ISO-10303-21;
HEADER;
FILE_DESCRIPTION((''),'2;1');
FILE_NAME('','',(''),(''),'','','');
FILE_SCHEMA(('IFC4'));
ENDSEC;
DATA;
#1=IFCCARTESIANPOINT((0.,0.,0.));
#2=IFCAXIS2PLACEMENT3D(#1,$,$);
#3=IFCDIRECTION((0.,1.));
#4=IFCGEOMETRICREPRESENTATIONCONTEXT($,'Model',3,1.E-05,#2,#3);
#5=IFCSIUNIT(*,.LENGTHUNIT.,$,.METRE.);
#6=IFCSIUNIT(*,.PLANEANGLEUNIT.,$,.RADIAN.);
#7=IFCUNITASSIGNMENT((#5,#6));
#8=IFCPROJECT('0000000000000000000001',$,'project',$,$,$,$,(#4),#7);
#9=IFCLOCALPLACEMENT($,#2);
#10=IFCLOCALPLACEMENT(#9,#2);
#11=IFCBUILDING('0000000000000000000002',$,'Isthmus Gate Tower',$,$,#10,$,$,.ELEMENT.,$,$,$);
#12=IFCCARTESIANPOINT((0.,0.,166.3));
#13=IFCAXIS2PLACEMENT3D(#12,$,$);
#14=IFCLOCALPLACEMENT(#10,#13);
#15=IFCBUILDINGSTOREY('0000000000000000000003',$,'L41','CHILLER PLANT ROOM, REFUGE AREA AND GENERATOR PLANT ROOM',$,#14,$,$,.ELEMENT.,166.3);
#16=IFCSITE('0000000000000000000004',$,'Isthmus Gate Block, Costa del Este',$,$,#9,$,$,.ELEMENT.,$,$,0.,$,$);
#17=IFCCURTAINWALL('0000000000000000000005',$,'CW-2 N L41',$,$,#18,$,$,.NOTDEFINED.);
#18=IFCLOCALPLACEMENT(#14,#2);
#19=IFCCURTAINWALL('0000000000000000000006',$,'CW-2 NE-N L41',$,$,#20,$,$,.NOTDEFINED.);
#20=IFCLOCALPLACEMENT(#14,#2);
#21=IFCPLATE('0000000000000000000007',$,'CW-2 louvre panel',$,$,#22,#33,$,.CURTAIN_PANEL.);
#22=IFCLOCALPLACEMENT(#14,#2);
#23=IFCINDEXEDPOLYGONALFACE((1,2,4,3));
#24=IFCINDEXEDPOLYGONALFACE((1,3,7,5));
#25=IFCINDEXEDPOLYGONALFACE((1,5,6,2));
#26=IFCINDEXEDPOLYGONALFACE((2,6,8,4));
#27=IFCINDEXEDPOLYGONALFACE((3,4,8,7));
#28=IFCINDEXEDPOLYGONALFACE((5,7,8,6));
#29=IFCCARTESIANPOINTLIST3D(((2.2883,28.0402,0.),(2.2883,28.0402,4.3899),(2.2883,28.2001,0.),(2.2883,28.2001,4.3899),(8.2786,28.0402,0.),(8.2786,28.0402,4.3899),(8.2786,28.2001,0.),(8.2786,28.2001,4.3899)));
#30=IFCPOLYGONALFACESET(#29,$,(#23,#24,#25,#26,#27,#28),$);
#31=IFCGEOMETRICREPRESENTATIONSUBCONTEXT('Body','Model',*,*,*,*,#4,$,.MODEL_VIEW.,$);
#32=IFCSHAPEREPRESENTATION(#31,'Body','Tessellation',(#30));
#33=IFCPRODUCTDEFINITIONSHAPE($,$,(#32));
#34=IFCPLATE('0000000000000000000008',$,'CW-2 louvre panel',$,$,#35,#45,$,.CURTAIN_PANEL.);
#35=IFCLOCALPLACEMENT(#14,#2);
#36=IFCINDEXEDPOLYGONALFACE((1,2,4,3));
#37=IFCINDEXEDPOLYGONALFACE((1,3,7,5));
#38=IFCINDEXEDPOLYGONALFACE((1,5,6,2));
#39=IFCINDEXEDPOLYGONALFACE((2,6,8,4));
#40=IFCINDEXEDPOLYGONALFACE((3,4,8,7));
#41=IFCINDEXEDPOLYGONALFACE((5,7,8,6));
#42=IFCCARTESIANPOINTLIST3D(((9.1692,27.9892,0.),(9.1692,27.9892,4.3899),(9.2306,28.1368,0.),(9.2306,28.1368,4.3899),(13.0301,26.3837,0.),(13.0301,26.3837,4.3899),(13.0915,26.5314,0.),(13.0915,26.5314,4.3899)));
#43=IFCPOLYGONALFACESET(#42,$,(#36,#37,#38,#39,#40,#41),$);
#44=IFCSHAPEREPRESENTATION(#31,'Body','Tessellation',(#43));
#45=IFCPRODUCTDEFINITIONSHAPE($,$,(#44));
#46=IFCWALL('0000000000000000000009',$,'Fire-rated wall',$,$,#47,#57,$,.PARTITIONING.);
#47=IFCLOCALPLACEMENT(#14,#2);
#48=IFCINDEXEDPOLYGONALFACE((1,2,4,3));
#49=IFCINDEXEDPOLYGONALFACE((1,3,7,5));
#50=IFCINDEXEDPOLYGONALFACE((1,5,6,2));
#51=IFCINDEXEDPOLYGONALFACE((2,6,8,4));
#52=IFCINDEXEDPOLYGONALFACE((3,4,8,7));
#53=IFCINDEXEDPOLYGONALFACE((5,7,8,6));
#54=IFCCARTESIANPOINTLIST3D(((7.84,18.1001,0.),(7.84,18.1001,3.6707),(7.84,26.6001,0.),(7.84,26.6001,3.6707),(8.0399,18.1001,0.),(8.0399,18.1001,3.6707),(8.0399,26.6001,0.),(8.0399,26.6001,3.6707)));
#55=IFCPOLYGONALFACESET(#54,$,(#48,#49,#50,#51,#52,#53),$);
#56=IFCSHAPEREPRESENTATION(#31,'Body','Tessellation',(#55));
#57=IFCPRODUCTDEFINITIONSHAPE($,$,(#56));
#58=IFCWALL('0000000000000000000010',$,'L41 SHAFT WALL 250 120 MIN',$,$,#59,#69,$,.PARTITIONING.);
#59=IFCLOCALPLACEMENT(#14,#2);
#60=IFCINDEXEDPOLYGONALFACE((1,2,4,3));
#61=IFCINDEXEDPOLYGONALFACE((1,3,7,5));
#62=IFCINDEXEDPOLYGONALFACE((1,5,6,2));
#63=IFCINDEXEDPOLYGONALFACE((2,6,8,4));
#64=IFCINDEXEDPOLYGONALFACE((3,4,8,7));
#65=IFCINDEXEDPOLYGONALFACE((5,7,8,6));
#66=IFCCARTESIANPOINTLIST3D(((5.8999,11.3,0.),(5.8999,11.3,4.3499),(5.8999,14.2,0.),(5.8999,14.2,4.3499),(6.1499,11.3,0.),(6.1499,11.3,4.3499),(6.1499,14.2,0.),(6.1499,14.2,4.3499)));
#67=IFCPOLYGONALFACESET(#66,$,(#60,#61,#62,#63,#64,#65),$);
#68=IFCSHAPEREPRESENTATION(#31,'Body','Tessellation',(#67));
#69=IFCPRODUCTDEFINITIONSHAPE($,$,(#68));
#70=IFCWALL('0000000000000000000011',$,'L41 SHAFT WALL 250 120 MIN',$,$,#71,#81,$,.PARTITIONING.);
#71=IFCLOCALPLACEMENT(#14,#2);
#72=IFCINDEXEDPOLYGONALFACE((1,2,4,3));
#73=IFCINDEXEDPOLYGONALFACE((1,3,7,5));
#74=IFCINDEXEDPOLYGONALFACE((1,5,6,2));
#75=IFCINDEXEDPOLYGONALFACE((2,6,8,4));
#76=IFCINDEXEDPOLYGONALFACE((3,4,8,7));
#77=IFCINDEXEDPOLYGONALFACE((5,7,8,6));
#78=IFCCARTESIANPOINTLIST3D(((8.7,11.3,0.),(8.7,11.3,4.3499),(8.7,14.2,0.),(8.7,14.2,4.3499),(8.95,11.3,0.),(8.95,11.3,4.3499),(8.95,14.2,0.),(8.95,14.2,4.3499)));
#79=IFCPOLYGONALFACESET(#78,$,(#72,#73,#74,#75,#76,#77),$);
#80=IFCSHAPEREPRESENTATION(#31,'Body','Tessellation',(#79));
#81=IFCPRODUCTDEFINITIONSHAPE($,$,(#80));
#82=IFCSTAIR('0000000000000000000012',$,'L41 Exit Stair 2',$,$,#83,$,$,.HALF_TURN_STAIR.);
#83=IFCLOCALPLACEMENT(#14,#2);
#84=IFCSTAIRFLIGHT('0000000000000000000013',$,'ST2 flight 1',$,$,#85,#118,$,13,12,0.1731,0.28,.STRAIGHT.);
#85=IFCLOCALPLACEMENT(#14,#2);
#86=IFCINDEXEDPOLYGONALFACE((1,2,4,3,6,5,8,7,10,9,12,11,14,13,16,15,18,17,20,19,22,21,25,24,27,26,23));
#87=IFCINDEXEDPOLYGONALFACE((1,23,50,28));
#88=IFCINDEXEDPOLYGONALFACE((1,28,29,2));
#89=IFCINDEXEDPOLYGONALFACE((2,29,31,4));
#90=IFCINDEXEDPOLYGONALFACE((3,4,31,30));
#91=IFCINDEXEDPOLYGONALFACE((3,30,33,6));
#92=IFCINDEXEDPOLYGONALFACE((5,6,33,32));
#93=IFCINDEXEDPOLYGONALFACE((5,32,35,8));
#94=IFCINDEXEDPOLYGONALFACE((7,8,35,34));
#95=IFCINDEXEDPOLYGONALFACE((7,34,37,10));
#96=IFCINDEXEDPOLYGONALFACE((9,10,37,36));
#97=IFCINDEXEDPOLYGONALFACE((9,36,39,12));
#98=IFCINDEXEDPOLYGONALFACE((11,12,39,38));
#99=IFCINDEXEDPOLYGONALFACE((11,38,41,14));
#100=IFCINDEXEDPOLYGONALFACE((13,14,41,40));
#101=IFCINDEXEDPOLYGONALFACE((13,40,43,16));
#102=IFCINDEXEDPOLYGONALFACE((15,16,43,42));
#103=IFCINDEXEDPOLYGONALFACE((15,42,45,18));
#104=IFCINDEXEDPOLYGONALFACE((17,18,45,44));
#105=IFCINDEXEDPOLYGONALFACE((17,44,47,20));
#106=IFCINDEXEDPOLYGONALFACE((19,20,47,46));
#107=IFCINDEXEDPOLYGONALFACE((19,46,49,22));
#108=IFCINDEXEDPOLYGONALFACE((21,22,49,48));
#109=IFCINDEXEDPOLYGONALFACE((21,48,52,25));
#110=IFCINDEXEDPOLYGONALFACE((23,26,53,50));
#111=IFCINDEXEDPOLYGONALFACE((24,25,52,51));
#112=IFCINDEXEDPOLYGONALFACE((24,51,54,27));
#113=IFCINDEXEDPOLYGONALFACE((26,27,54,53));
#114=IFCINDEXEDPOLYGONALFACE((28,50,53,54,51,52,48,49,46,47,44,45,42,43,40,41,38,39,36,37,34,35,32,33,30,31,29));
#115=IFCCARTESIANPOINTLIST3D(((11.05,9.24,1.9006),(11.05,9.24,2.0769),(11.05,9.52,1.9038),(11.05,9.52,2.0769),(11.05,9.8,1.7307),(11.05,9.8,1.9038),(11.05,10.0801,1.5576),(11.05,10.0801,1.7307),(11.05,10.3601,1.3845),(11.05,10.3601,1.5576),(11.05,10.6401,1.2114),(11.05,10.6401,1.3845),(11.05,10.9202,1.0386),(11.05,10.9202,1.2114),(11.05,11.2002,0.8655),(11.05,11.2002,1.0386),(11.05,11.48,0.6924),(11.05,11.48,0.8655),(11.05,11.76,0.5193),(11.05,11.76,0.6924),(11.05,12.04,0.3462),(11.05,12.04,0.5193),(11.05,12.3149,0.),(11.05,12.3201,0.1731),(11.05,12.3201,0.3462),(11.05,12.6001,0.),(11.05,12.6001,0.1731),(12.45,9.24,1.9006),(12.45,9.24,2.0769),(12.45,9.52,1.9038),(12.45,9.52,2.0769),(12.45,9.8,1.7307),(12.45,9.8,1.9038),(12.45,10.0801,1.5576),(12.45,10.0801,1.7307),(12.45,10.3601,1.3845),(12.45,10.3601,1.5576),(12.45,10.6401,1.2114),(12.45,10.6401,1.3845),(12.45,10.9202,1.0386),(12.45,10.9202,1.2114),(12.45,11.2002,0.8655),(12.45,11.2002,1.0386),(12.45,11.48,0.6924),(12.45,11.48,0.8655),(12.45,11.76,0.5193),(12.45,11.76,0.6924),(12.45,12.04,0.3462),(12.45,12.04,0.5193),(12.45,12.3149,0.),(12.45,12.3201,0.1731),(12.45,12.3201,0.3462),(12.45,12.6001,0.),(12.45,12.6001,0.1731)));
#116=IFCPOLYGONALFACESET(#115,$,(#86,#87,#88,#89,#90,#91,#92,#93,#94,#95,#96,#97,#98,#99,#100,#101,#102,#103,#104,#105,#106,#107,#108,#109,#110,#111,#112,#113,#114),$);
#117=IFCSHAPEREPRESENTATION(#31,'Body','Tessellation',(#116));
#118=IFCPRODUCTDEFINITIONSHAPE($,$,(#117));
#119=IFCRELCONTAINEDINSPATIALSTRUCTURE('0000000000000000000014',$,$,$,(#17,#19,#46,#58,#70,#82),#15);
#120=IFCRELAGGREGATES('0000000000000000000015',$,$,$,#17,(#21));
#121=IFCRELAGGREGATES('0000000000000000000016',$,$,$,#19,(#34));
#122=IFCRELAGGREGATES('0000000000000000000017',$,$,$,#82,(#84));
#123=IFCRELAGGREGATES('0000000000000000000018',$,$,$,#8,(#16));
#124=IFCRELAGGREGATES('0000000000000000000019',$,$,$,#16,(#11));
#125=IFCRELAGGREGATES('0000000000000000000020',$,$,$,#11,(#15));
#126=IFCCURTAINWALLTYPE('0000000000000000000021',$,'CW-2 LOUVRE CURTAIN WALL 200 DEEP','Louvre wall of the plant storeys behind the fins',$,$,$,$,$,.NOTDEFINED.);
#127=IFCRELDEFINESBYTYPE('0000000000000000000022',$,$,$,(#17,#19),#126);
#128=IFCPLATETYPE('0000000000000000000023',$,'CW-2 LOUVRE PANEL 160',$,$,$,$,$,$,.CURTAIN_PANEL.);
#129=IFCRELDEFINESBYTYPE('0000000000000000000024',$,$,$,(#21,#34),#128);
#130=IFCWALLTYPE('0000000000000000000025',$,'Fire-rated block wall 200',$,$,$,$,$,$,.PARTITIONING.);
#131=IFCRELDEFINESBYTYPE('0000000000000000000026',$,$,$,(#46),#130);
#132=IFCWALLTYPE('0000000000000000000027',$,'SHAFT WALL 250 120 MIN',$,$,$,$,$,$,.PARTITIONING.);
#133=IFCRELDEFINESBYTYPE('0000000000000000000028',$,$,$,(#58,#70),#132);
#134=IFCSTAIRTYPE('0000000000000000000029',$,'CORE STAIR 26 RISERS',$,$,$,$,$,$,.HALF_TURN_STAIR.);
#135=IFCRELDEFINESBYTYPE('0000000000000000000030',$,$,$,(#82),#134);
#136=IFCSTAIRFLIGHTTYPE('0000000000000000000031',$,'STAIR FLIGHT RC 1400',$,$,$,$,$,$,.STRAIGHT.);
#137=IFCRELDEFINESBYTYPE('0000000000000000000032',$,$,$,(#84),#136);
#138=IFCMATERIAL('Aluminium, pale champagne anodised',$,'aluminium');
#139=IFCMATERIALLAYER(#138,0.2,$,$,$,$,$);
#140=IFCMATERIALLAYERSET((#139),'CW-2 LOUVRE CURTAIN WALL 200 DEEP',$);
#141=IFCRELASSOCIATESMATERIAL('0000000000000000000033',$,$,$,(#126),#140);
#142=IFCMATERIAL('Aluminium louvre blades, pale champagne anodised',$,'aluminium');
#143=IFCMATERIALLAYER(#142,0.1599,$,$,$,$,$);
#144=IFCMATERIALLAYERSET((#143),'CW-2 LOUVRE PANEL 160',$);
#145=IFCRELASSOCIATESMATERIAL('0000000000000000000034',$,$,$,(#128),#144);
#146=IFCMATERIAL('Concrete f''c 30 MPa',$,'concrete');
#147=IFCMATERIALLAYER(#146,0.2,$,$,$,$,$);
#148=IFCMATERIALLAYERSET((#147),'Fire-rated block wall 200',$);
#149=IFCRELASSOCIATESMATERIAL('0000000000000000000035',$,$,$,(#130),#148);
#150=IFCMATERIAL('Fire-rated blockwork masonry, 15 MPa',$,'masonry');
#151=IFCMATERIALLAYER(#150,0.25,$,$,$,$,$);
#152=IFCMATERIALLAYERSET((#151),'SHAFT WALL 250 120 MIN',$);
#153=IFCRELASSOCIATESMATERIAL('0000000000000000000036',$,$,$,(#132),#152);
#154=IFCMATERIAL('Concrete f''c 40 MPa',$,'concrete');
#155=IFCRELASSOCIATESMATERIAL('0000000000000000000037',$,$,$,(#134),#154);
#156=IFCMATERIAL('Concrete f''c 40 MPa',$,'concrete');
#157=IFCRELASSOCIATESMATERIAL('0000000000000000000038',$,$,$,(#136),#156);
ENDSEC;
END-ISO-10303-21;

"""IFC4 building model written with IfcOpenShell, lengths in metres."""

from ifc_helpers import new_model, si_unit, direction, frame, frame_2d, origin, origin_2d, place, context, subcontext, project, spatial, polyline, rectangle, outline, extrude, material, layer, layer_set, type_object, element, aggregate, save


model = new_model("IFC4")

# Units and contexts
model_context = context("Model", 3, precision=1e-05, world=origin(), true_north=direction((0.0, 1.0)))
body_context = subcontext(model_context, "Body", "Model", "MODEL_VIEW")
ifc_project = project(units=[si_unit("LENGTHUNIT", "METRE"), si_unit("PLANEANGLEUNIT", "RADIAN")], contexts=[model_context])

# Site, building, storey
site_placement = place(None, origin())
site = spatial("IfcSite", under=ifc_project, at=site_placement, Name="Isthmus Gate Block, Costa del Este", CompositionType="ELEMENT", RefElevation=0.0)
building_placement = place(site_placement, origin())
building = spatial("IfcBuilding", under=site, at=building_placement, Name="Isthmus Gate Tower", CompositionType="ELEMENT")
storey_placement = place(building_placement, frame((0.0, 0.0, 166.3)))
storey = spatial("IfcBuildingStorey", under=building, at=storey_placement, Name="L41", Description="CHILLER PLANT ROOM, REFUGE AREA AND GENERATOR PLANT ROOM", CompositionType="ELEMENT", Elevation=166.3)

# Curtain walls
ifc_material_1 = material(Name="Aluminium, pale champagne anodised", Category="aluminium")
ifc_layer_1 = layer(ifc_material_1, 0.2)
ifc_layer_set_1 = layer_set([ifc_layer_1], Name="CW-2 LOUVRE CURTAIN WALL 200 DEEP")
curtain_wall_type = type_object("IfcCurtainWallType", Name="CW-2 LOUVRE CURTAIN WALL 200 DEEP", Description="Louvre wall of the plant storeys behind the fins", PredefinedType="NOTDEFINED", material=ifc_layer_set_1)
curtain_wall_1_placement = place(storey_placement, origin())
curtain_wall_1 = element("IfcCurtainWall", 1, at=curtain_wall_1_placement, inside=storey, type_object=curtain_wall_type, Name="CW-2 N L41", PredefinedType="NOTDEFINED")
curtain_wall_2_placement = place(storey_placement, origin())
curtain_wall_2 = element("IfcCurtainWall", 2, at=curtain_wall_2_placement, inside=storey, type_object=curtain_wall_type, Name="CW-2 NE-N L41", PredefinedType="NOTDEFINED")

# Plates
ifc_material_2 = material(Name="Aluminium louvre blades, pale champagne anodised", Category="aluminium")
ifc_layer_2 = layer(ifc_material_2, 0.1599)
ifc_layer_set_2 = layer_set([ifc_layer_2], Name="CW-2 LOUVRE PANEL 160")
plate_type = type_object("IfcPlateType", Name="CW-2 LOUVRE PANEL 160", PredefinedType="CURTAIN_PANEL", material=ifc_layer_set_2)
plate_1_placement = place(storey_placement, frame((5.2834, 28.1201, 0.0), z_axis=(0.0, 0.0, 1.0), x_axis=(-1.0, 0.0, 0.0)))
plate_1 = element("IfcPlate", 3, at=plate_1_placement, type_object=plate_type, Name="CW-2 louvre panel", PredefinedType="CURTAIN_PANEL", context=body_context, shape_type="SweptSolid", body=[
    extrude(rectangle(XDim=5.9902, YDim=0.1599, at=origin_2d()), origin(), (0.0, 0.0, 1.0), 4.3899),
])
aggregate(curtain_wall_1, [plate_1])
plate_2_placement = place(storey_placement, frame((11.1304, 27.2603, 0.0), z_axis=(0.0, 0.0, 1.0), x_axis=(-0.923353, 0.383952, 0.0)))
plate_2 = element("IfcPlate", 4, at=plate_2_placement, type_object=plate_type, Name="CW-2 louvre panel", PredefinedType="CURTAIN_PANEL", context=body_context, shape_type="SweptSolid", body=[
    extrude(rectangle(XDim=4.1814, YDim=0.1599, at=origin_2d()), origin(), (0.0, 0.0, 1.0), 4.3899),
])
aggregate(curtain_wall_2, [plate_2])

# Walls
ifc_material_3 = material(Name="Concrete f'c 30 MPa", Category="concrete")
ifc_layer_3 = layer(ifc_material_3, 0.2)
ifc_layer_set_3 = layer_set([ifc_layer_3], Name="Fire-rated block wall 200")
wall_type_1 = type_object("IfcWallType", Name="Fire-rated block wall 200", PredefinedType="PARTITIONING", material=ifc_layer_set_3)
wall_placement = place(storey_placement, frame((7.9399, 18.1001, 0.0), z_axis=(0.0, 0.0, 1.0), x_axis=(0.0, 1.0, 0.0)))
element("IfcWall", 5, at=wall_placement, inside=storey, type_object=wall_type_1, Name="Fire-rated wall", PredefinedType="PARTITIONING", context=body_context, shape_type="SweptSolid", body=[
    extrude(rectangle(XDim=8.5, YDim=0.2, at=frame_2d((4.25, 0.0))), origin(), (0.0, 0.0, 1.0), 3.6707),
])
ifc_material_4 = material(Name="Fire-rated blockwork masonry, 15 MPa", Category="masonry")
ifc_layer_4 = layer(ifc_material_4, 0.25)
ifc_layer_set_4 = layer_set([ifc_layer_4], Name="SHAFT WALL 250 120 MIN")
wall_type_2 = type_object("IfcWallType", Name="SHAFT WALL 250 120 MIN", PredefinedType="PARTITIONING", material=ifc_layer_set_4)
for number, where, z_axis, x_axis, name in (
    (6, (6.0249, 11.3, 0.0), (0.0, 0.0, 1.0), (0.0, 1.0, 0.0), "L41 SHAFT WALL 250 120 MIN"),
    (7, (8.825, 11.3, 0.0), (0.0, 0.0, 1.0), (0.0, 1.0, 0.0), "L41 SHAFT WALL 250 120 MIN"),
):
    element("IfcWall", number, at=place(storey_placement, frame(where, z_axis=z_axis, x_axis=x_axis)), inside=storey, type_object=wall_type_2, Name=name, PredefinedType="PARTITIONING", context=body_context, shape_type="SweptSolid", body=[
        extrude(rectangle(XDim=2.8999, YDim=0.25, at=frame_2d((1.45, 0.0))), origin(), (0.0, 0.0, 1.0), 4.3499),
    ])

# Stair, stair flight
ifc_material_5 = material(Name="Concrete f'c 40 MPa", Category="concrete")
stair_type = type_object("IfcStairType", Name="CORE STAIR 26 RISERS", PredefinedType="HALF_TURN_STAIR", material=ifc_material_5)
stair_placement = place(storey_placement, origin())
stair = element("IfcStair", 8, at=stair_placement, inside=storey, type_object=stair_type, Name="L41 Exit Stair 2", PredefinedType="HALF_TURN_STAIR")
ifc_material_6 = material(Name="Concrete f'c 40 MPa", Category="concrete")
stair_flight_type = type_object("IfcStairFlightType", Name="STAIR FLIGHT RC 1400", PredefinedType="STRAIGHT", material=ifc_material_6)
stair_flight_placement = place(storey_placement, frame((11.75, 12.6001, 0.0), z_axis=(0.0, 0.0, 1.0), x_axis=(0.0, -1.0, 0.0)))
stair_flight = element("IfcStairFlight", 9, at=stair_flight_placement, type_object=stair_flight_type, Name="ST2 flight 1", NumberOfRisers=13, NumberOfTreads=12, PredefinedType="STRAIGHT", RiserHeight=0.1731, TreadLength=0.28, context=body_context, shape_type="SweptSolid", body=[
    extrude(outline(polyline([(0.0, 0.0), (0.0, 0.1731), (0.28, 0.1731), (0.28, 0.3462), (0.5601, 0.3462), (0.5601, 0.5193), (0.8401, 0.5193), (0.8401, 0.6924), (1.1201, 0.6924), (1.1201, 0.8655), (1.3999, 0.8655), (1.3999, 1.0386), (1.6799, 1.0386), (1.6799, 1.2114), (1.96, 1.2114), (1.96, 1.3845), (2.24, 1.3845), (2.24, 1.5576), (2.52, 1.5576), (2.52, 1.7307), (2.8, 1.7307), (2.8, 1.9038), (3.0801, 1.9038), (3.0801, 2.0769), (3.3601, 2.0769), (3.3601, 2.25), (3.3601, 1.9006), (0.2852, 0.0), (0.0, 0.0)])), frame((0.0, 0.7, 0.0), z_axis=(0.0, -1.0, 0.0), x_axis=(1.0, 0.0, 0.0)), (0.0, 0.0, 1.0), 1.3999),
])
aggregate(stair, [stair_flight])

save(model, "model.ifc")
